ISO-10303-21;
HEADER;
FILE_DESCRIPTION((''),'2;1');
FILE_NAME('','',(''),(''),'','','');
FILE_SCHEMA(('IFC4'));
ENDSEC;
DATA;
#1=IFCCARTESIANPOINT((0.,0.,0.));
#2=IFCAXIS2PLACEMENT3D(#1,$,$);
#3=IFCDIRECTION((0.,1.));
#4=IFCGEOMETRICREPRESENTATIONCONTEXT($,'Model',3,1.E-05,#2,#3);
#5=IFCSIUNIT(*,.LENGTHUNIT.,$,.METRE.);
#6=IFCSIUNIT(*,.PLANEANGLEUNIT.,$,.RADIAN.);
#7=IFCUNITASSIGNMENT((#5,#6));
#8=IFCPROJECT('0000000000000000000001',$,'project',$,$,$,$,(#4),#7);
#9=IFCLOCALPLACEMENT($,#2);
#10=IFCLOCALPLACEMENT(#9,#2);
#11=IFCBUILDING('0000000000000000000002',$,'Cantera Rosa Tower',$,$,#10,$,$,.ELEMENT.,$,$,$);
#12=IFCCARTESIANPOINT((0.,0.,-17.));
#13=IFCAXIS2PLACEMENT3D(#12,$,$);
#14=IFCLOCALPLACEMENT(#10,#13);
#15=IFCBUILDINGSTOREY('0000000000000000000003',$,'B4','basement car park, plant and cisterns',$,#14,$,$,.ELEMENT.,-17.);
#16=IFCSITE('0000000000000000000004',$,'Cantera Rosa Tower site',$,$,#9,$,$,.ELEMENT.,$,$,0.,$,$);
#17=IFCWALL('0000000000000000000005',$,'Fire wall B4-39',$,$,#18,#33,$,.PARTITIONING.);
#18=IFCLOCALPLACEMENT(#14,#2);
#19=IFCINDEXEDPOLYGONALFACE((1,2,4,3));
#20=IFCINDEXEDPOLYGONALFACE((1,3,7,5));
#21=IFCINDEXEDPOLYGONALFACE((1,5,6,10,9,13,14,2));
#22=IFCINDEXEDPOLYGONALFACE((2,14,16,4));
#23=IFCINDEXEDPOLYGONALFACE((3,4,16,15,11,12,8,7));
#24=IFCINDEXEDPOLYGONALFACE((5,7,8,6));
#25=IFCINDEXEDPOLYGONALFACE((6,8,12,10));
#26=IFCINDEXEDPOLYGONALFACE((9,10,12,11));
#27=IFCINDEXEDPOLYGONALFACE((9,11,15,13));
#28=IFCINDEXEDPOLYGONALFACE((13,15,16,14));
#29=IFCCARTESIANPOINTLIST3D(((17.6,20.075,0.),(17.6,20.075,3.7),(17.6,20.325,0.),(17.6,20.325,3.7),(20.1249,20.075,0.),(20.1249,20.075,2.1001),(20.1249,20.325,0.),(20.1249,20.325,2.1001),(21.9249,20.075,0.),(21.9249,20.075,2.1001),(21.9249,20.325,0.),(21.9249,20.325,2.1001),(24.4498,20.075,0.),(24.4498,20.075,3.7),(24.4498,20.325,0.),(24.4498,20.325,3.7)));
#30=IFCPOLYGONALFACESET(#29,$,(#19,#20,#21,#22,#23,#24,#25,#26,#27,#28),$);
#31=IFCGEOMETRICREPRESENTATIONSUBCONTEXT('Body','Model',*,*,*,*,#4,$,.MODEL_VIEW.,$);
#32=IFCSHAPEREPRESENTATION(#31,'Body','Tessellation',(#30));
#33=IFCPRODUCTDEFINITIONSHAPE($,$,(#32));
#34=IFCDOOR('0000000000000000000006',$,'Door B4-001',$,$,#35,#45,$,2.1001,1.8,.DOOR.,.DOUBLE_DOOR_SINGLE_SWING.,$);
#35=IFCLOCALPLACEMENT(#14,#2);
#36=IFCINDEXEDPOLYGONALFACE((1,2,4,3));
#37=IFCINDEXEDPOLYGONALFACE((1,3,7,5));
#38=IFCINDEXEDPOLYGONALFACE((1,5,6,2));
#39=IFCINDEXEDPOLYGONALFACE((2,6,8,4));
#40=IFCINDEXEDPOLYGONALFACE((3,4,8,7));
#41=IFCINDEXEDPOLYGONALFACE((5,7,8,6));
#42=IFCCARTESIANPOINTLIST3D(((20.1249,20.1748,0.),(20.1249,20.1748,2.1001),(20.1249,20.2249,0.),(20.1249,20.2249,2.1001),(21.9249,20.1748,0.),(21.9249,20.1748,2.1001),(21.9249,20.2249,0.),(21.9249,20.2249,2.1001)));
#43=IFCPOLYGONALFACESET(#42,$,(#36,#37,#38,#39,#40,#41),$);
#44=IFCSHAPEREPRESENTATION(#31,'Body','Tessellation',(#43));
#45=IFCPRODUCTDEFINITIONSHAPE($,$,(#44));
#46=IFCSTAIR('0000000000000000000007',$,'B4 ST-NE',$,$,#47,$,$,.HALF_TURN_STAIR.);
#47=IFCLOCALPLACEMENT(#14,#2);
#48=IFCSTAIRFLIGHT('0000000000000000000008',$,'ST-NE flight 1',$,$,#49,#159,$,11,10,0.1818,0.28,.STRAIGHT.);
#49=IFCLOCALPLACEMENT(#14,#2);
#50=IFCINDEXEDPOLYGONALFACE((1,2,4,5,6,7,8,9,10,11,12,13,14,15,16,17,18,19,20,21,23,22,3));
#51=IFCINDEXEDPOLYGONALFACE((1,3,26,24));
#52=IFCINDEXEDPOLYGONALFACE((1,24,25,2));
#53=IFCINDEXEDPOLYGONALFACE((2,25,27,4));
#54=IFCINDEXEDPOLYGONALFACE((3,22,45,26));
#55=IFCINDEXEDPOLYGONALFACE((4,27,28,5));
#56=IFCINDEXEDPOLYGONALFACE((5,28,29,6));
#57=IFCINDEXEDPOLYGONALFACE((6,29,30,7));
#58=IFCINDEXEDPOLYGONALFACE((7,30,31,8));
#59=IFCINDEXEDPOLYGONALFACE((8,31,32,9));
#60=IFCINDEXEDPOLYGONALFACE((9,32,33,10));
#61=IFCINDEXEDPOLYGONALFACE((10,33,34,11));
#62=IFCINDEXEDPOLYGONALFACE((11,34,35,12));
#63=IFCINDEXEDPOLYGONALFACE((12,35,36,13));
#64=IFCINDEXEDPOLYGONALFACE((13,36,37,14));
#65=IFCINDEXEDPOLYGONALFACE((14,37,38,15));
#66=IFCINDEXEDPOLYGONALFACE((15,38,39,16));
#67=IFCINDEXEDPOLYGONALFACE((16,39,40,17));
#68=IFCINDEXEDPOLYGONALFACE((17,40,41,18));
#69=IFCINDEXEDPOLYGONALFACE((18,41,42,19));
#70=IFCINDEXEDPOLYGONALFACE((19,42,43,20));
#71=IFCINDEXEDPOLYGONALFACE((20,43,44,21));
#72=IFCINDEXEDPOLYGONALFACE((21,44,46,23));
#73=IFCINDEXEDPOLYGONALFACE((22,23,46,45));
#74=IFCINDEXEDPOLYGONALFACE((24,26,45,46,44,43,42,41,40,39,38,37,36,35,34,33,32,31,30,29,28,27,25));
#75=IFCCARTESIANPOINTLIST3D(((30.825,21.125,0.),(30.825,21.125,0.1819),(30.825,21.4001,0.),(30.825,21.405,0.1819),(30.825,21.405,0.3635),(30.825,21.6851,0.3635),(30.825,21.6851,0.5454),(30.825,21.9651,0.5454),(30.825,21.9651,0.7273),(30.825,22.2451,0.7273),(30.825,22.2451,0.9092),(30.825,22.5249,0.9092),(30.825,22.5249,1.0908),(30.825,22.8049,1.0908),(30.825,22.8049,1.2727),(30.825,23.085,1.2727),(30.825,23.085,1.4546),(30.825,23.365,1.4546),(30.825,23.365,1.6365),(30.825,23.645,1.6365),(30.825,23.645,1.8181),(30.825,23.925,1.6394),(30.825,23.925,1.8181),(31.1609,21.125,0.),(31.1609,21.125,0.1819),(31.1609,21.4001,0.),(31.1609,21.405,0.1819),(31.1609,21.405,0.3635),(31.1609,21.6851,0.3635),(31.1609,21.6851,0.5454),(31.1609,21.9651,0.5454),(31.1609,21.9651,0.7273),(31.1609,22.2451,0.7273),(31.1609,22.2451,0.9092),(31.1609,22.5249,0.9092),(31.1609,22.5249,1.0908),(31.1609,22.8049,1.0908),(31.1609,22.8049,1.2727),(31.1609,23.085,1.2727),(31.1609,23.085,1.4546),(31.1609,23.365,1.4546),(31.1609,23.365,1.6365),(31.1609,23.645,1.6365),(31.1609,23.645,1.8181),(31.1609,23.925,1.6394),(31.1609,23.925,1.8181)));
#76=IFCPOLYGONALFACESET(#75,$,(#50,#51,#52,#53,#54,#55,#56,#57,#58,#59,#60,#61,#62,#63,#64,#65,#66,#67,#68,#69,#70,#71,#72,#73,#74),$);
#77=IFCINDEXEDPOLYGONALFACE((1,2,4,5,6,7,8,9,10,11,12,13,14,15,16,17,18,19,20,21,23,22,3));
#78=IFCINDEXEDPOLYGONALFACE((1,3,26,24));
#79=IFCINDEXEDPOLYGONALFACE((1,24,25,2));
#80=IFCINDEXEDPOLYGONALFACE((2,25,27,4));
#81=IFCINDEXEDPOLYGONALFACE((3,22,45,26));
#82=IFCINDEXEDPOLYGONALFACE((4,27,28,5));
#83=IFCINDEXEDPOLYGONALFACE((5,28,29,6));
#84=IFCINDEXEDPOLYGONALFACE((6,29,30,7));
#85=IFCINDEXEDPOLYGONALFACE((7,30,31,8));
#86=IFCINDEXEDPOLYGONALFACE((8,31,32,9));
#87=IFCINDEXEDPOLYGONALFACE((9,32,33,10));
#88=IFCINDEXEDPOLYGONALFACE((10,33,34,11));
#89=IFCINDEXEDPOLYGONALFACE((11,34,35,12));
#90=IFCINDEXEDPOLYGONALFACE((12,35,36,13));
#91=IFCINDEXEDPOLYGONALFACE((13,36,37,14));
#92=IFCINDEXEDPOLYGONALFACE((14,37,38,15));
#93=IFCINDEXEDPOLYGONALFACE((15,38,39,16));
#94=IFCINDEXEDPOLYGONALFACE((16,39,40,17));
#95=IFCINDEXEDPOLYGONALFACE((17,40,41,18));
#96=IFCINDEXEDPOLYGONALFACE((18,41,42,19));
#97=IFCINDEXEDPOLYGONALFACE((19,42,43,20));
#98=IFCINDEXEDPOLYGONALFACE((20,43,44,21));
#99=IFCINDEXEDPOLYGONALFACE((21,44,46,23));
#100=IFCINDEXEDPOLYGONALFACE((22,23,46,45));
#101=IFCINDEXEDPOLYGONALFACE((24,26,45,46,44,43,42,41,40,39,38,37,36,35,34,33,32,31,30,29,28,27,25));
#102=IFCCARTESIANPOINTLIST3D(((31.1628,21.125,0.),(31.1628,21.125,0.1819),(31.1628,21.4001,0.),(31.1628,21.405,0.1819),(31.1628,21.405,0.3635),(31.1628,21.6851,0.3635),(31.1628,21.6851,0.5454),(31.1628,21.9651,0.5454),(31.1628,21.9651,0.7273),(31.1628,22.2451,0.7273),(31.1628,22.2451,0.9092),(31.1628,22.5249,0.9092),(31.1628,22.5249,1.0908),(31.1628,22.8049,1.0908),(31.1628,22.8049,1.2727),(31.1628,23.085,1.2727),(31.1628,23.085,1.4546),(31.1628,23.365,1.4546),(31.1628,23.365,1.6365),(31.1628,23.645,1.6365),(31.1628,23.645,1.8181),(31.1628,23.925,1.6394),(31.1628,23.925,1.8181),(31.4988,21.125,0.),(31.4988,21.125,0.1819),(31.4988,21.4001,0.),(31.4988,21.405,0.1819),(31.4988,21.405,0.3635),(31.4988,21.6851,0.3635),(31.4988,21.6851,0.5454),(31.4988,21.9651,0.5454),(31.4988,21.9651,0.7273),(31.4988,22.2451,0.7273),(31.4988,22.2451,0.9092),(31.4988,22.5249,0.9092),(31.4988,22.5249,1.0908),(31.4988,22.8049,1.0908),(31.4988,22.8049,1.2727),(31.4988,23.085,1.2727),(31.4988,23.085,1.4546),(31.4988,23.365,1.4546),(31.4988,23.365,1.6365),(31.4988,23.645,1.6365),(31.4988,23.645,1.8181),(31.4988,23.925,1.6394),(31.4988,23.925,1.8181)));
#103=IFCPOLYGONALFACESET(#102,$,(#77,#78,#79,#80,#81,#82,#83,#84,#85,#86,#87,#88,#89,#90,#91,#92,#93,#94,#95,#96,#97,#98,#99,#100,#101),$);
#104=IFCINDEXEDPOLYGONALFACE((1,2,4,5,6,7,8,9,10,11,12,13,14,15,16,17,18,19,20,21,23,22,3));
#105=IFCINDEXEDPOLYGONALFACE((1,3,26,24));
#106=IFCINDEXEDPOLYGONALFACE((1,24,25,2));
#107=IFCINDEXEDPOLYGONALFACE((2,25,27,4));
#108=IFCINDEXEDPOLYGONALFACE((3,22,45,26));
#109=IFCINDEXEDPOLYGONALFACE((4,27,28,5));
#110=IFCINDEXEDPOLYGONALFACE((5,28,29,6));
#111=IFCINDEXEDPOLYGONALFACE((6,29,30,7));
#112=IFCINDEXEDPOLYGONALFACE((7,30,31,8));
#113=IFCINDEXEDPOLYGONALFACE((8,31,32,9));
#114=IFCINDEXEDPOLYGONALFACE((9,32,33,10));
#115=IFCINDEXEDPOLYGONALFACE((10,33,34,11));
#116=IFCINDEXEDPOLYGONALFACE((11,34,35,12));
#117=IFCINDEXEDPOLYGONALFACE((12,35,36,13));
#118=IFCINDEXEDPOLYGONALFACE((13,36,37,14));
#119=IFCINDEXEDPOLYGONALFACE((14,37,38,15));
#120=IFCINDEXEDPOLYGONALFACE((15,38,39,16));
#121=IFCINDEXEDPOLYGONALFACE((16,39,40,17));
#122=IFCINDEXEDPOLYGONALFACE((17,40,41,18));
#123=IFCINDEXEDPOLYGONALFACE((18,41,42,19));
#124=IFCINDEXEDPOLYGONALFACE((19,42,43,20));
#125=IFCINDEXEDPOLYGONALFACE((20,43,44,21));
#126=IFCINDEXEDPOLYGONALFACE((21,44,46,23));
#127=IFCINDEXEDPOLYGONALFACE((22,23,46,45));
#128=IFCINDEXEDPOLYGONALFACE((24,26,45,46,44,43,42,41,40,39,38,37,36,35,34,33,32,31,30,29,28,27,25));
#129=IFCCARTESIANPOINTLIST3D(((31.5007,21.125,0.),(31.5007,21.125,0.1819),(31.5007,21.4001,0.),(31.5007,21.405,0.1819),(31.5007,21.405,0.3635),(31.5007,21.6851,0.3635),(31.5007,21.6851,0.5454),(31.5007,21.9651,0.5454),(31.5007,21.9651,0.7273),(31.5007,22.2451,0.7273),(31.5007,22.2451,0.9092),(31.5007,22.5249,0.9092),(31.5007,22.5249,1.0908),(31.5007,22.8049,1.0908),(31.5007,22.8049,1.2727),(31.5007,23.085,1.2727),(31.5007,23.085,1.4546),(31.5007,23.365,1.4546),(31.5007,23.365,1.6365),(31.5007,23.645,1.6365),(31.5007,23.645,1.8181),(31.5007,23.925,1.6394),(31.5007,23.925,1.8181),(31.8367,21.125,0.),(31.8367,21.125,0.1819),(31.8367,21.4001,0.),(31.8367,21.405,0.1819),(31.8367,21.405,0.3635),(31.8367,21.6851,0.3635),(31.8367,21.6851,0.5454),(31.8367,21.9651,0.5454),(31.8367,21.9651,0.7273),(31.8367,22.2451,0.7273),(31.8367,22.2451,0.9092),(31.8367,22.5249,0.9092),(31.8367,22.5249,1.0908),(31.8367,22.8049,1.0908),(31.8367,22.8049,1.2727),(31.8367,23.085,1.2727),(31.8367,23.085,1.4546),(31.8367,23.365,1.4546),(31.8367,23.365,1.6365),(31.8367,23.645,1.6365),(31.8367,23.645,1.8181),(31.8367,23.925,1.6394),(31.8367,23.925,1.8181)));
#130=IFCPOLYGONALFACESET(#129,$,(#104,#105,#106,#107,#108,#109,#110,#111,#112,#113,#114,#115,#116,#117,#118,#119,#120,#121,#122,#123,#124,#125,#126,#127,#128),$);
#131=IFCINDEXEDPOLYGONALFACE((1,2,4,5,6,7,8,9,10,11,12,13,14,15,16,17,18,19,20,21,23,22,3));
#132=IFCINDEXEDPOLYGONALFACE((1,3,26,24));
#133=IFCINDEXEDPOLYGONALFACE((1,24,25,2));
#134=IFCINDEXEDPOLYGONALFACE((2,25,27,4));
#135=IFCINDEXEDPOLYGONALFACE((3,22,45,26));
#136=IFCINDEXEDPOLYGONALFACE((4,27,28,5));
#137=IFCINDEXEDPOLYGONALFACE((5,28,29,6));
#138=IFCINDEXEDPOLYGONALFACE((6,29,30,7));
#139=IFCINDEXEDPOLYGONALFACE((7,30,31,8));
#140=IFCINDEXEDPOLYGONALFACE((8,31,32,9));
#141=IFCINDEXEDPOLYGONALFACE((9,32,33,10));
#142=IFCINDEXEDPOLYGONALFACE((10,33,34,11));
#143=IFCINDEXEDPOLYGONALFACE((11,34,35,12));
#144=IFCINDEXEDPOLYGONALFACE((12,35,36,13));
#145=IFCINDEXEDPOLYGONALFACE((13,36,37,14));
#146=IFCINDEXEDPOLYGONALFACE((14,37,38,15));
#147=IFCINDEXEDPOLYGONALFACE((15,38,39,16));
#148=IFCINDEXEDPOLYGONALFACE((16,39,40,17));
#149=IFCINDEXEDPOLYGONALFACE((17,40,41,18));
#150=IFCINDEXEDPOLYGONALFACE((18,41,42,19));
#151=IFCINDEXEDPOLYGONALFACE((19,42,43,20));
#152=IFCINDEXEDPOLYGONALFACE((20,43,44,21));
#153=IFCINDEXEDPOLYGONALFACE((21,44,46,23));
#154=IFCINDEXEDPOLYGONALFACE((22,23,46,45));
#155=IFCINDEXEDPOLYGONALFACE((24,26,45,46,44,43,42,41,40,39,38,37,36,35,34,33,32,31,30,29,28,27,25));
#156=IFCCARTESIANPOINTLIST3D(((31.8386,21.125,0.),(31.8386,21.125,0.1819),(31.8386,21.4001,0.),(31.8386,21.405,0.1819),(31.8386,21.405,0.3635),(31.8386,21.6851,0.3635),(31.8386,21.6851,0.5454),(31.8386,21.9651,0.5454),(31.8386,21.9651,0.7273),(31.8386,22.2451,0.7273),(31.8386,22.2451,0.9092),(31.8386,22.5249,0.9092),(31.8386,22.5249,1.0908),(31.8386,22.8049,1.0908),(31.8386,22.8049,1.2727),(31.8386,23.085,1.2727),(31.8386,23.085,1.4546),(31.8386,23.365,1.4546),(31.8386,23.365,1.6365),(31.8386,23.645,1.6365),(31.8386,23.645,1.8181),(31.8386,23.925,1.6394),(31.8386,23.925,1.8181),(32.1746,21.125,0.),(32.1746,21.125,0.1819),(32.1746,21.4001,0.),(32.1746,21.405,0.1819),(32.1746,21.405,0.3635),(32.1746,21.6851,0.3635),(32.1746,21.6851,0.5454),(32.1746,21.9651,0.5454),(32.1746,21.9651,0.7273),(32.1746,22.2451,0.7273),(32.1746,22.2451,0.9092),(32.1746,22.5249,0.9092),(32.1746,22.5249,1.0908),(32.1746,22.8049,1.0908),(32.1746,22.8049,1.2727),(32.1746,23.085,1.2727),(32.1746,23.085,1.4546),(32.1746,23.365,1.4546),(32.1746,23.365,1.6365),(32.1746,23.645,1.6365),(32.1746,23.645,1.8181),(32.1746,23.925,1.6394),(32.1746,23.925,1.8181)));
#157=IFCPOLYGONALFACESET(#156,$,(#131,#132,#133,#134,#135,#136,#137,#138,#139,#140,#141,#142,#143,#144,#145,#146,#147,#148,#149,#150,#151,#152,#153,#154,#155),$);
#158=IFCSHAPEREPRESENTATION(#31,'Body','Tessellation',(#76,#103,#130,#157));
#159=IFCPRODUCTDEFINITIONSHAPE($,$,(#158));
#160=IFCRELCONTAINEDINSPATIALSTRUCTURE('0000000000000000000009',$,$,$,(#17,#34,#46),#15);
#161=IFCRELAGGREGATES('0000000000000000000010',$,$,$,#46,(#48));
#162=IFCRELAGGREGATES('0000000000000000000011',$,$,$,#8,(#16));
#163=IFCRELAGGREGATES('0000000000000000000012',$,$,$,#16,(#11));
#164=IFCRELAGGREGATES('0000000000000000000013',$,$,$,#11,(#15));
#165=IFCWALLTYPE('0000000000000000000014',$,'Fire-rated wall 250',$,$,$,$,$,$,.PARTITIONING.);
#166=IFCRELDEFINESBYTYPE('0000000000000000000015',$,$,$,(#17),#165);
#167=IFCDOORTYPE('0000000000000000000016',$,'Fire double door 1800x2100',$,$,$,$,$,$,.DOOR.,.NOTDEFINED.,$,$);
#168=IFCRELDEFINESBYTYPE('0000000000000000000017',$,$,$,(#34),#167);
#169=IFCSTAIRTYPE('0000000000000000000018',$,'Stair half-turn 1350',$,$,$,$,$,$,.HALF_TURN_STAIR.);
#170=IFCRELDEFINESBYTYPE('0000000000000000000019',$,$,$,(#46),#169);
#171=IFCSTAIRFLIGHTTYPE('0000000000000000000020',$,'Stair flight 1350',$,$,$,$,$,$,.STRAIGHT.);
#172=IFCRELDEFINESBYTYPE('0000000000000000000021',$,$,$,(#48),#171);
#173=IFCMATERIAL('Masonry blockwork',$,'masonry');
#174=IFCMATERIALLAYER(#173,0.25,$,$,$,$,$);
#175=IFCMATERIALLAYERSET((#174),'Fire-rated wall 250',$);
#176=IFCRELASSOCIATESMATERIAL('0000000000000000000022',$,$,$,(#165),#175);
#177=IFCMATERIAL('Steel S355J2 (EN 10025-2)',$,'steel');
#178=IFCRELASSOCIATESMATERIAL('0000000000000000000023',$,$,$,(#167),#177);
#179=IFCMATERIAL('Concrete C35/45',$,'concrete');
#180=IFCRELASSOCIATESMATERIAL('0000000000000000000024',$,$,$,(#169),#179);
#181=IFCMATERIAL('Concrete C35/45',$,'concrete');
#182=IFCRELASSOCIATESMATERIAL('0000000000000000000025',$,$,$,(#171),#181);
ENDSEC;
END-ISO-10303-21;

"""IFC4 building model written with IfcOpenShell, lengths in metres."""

from ifc_helpers import new_model, si_unit, direction, frame, frame_2d, origin, place, context, subcontext, project, spatial, polyline, rectangle, outline, extrude, material, layer, layer_set, type_object, element, fill, aggregate, save


model = new_model("IFC4")

# Units and contexts
model_context = context("Model", 3, precision=1e-05, world=origin(), true_north=direction((0.0, 1.0)))
body_context = subcontext(model_context, "Body", "Model", "MODEL_VIEW")
ifc_project = project(units=[si_unit("LENGTHUNIT", "METRE"), si_unit("PLANEANGLEUNIT", "RADIAN")], contexts=[model_context])

# Site, building, storey
site_placement = place(None, origin())
site = spatial("IfcSite", under=ifc_project, at=site_placement, Name="Cantera Rosa Tower site", CompositionType="ELEMENT", RefElevation=0.0)
building_placement = place(site_placement, origin())
building = spatial("IfcBuilding", under=site, at=building_placement, Name="Cantera Rosa Tower", CompositionType="ELEMENT")
storey_placement = place(building_placement, frame((0.0, 0.0, -17.0)))
storey = spatial("IfcBuildingStorey", under=building, at=storey_placement, Name="B4", Description="basement car park, plant and cisterns", CompositionType="ELEMENT", Elevation=-17.0)

# Shared definitions
ifc_material_1 = material(Name="Masonry blockwork", Category="masonry")
ifc_layer_1 = layer(ifc_material_1, 0.25)
ifc_layer_set_1 = layer_set([ifc_layer_1], Name="Fire-rated wall 250")
wall_type_1 = type_object("IfcWallType", Name="Fire-rated wall 250", PredefinedType="PARTITIONING", material=ifc_layer_set_1)

# Wall, opening, door
wall_1_placement = place(storey_placement, frame((17.6001, 20.2, 0.0), z_axis=(0.0, 0.0, 1.0), x_axis=(1.0, 0.0, 0.0)))
wall_1 = element("IfcWall", 1, at=wall_1_placement, inside=storey, type_object=wall_type_1, Name="Fire wall B4-39", PredefinedType="PARTITIONING", context=body_context, shape_type="SweptSolid", body=[
    extrude(rectangle(XDim=6.8499, YDim=0.25, at=frame_2d((3.4248, 0.0))), origin(), (0.0, 0.0, 1.0), 3.7),
])
opening_placement = place(wall_1_placement, frame((2.5249, 0.0, 0.0)))
opening = element("IfcOpeningElement", 2, at=opening_placement, cuts=wall_1, PredefinedType="OPENING", context=body_context, shape_type="SweptSolid", body=[
    extrude(rectangle(XDim=1.8, YDim=2.1001, at=frame_2d((0.8999, 1.05))), frame((0.0, 0.135, 0.0), z_axis=(0.0, -1.0, 0.0), x_axis=(1.0, 0.0, 0.0)), (0.0, 0.0, 1.0), 0.27),
])
ifc_material_2 = material(Name="Steel S355J2 (EN 10025-2)", Category="steel")
door_type = type_object("IfcDoorType", Name="Fire double door 1800x2100", OperationType="NOTDEFINED", PredefinedType="DOOR", material=ifc_material_2)
door_placement = place(opening_placement, origin())
door = element("IfcDoor", 3, at=door_placement, inside=storey, type_object=door_type, Name="Door B4-001", OperationType="DOUBLE_DOOR_SINGLE_SWING", OverallHeight=2.1001, OverallWidth=1.8, PredefinedType="DOOR", context=body_context, shape_type="SweptSolid", body=[
    extrude(rectangle(XDim=1.8, YDim=2.1001, at=frame_2d((0.8999, 1.05))), frame((0.0, 0.0249, 0.0), z_axis=(0.0, -1.0, 0.0), x_axis=(1.0, 0.0, 0.0)), (0.0, 0.0, 1.0), 0.05),
])
fill(opening, door)

# Stair, stair flight
ifc_material_3 = material(Name="Concrete C35/45", Category="concrete")
stair_type = type_object("IfcStairType", Name="Stair half-turn 1350", PredefinedType="HALF_TURN_STAIR", material=ifc_material_3)
stair_placement = place(storey_placement, origin())
stair = element("IfcStair", 4, at=stair_placement, inside=storey, type_object=stair_type, Name="B4 ST-NE", PredefinedType="HALF_TURN_STAIR")
ifc_material_4 = material(Name="Concrete C35/45", Category="concrete")
stair_flight_type = type_object("IfcStairFlightType", Name="Stair flight 1350", PredefinedType="STRAIGHT", material=ifc_material_4)
stair_flight_1_placement = place(storey_placement, frame((31.5, 21.125, 0.0), z_axis=(0.0, 0.0, 1.0), x_axis=(0.0, 1.0, 0.0)))
stair_flight_1 = element("IfcStairFlight", 5, at=stair_flight_1_placement, type_object=stair_flight_type, Name="ST-NE flight 1", NumberOfRisers=11, NumberOfTreads=10, PredefinedType="STRAIGHT", RiserHeight=0.1818, TreadLength=0.28, context=body_context, shape_type="SweptSolid", body=[
    extrude(outline(polyline([(0.0, 0.0), (0.0, 0.1819), (0.28, 0.1819), (0.28, 0.3635), (0.5601, 0.3635), (0.5601, 0.5454), (0.8401, 0.5454), (0.8401, 0.7273), (1.1201, 0.7273), (1.1201, 0.9092), (1.3999, 0.9092), (1.3999, 1.0908), (1.6799, 1.0908), (1.6799, 1.2727), (1.96, 1.2727), (1.96, 1.4546), (2.24, 1.4546), (2.24, 1.6365), (2.52, 1.6365), (2.52, 1.8181), (2.8, 1.8181), (2.8, 2.0), (2.8, 1.6394), (0.2751, 0.0), (0.0, 0.0)])), frame((0.0, 0.675, 0.0), z_axis=(0.0, -1.0, 0.0), x_axis=(1.0, 0.0, 0.0)), (0.0, 0.0, 1.0), 0.3359),
    extrude(outline(polyline([(0.0, 0.0), (0.0, 0.1819), (0.28, 0.1819), (0.28, 0.3635), (0.5601, 0.3635), (0.5601, 0.5454), (0.8401, 0.5454), (0.8401, 0.7273), (1.1201, 0.7273), (1.1201, 0.9092), (1.3999, 0.9092), (1.3999, 1.0908), (1.6799, 1.0908), (1.6799, 1.2727), (1.96, 1.2727), (1.96, 1.4546), (2.24, 1.4546), (2.24, 1.6365), (2.52, 1.6365), (2.52, 1.8181), (2.8, 1.8181), (2.8, 2.0), (2.8, 1.6394), (0.2751, 0.0), (0.0, 0.0)])), frame((0.0, 0.3372, 0.0), z_axis=(0.0, -1.0, 0.0), x_axis=(1.0, 0.0, 0.0)), (0.0, 0.0, 1.0), 0.3359),
    extrude(outline(polyline([(0.0, 0.0), (0.0, 0.1819), (0.28, 0.1819), (0.28, 0.3635), (0.5601, 0.3635), (0.5601, 0.5454), (0.8401, 0.5454), (0.8401, 0.7273), (1.1201, 0.7273), (1.1201, 0.9092), (1.3999, 0.9092), (1.3999, 1.0908), (1.6799, 1.0908), (1.6799, 1.2727), (1.96, 1.2727), (1.96, 1.4546), (2.24, 1.4546), (2.24, 1.6365), (2.52, 1.6365), (2.52, 1.8181), (2.8, 1.8181), (2.8, 2.0), (2.8, 1.6394), (0.2751, 0.0), (0.0, 0.0)])), frame((0.0, -0.0007, 0.0), z_axis=(0.0, -1.0, 0.0), x_axis=(1.0, 0.0, 0.0)), (0.0, 0.0, 1.0), 0.3359),
    extrude(outline(polyline([(0.0, 0.0), (0.0, 0.1819), (0.28, 0.1819), (0.28, 0.3635), (0.5601, 0.3635), (0.5601, 0.5454), (0.8401, 0.5454), (0.8401, 0.7273), (1.1201, 0.7273), (1.1201, 0.9092), (1.3999, 0.9092), (1.3999, 1.0908), (1.6799, 1.0908), (1.6799, 1.2727), (1.96, 1.2727), (1.96, 1.4546), (2.24, 1.4546), (2.24, 1.6365), (2.52, 1.6365), (2.52, 1.8181), (2.8, 1.8181), (2.8, 2.0), (2.8, 1.6394), (0.2751, 0.0), (0.0, 0.0)])), frame((0.0, -0.3386, 0.0), z_axis=(0.0, -1.0, 0.0), x_axis=(1.0, 0.0, 0.0)), (0.0, 0.0, 1.0), 0.3359),
])
aggregate(stair, [stair_flight_1])

save(model, "model.ifc")
